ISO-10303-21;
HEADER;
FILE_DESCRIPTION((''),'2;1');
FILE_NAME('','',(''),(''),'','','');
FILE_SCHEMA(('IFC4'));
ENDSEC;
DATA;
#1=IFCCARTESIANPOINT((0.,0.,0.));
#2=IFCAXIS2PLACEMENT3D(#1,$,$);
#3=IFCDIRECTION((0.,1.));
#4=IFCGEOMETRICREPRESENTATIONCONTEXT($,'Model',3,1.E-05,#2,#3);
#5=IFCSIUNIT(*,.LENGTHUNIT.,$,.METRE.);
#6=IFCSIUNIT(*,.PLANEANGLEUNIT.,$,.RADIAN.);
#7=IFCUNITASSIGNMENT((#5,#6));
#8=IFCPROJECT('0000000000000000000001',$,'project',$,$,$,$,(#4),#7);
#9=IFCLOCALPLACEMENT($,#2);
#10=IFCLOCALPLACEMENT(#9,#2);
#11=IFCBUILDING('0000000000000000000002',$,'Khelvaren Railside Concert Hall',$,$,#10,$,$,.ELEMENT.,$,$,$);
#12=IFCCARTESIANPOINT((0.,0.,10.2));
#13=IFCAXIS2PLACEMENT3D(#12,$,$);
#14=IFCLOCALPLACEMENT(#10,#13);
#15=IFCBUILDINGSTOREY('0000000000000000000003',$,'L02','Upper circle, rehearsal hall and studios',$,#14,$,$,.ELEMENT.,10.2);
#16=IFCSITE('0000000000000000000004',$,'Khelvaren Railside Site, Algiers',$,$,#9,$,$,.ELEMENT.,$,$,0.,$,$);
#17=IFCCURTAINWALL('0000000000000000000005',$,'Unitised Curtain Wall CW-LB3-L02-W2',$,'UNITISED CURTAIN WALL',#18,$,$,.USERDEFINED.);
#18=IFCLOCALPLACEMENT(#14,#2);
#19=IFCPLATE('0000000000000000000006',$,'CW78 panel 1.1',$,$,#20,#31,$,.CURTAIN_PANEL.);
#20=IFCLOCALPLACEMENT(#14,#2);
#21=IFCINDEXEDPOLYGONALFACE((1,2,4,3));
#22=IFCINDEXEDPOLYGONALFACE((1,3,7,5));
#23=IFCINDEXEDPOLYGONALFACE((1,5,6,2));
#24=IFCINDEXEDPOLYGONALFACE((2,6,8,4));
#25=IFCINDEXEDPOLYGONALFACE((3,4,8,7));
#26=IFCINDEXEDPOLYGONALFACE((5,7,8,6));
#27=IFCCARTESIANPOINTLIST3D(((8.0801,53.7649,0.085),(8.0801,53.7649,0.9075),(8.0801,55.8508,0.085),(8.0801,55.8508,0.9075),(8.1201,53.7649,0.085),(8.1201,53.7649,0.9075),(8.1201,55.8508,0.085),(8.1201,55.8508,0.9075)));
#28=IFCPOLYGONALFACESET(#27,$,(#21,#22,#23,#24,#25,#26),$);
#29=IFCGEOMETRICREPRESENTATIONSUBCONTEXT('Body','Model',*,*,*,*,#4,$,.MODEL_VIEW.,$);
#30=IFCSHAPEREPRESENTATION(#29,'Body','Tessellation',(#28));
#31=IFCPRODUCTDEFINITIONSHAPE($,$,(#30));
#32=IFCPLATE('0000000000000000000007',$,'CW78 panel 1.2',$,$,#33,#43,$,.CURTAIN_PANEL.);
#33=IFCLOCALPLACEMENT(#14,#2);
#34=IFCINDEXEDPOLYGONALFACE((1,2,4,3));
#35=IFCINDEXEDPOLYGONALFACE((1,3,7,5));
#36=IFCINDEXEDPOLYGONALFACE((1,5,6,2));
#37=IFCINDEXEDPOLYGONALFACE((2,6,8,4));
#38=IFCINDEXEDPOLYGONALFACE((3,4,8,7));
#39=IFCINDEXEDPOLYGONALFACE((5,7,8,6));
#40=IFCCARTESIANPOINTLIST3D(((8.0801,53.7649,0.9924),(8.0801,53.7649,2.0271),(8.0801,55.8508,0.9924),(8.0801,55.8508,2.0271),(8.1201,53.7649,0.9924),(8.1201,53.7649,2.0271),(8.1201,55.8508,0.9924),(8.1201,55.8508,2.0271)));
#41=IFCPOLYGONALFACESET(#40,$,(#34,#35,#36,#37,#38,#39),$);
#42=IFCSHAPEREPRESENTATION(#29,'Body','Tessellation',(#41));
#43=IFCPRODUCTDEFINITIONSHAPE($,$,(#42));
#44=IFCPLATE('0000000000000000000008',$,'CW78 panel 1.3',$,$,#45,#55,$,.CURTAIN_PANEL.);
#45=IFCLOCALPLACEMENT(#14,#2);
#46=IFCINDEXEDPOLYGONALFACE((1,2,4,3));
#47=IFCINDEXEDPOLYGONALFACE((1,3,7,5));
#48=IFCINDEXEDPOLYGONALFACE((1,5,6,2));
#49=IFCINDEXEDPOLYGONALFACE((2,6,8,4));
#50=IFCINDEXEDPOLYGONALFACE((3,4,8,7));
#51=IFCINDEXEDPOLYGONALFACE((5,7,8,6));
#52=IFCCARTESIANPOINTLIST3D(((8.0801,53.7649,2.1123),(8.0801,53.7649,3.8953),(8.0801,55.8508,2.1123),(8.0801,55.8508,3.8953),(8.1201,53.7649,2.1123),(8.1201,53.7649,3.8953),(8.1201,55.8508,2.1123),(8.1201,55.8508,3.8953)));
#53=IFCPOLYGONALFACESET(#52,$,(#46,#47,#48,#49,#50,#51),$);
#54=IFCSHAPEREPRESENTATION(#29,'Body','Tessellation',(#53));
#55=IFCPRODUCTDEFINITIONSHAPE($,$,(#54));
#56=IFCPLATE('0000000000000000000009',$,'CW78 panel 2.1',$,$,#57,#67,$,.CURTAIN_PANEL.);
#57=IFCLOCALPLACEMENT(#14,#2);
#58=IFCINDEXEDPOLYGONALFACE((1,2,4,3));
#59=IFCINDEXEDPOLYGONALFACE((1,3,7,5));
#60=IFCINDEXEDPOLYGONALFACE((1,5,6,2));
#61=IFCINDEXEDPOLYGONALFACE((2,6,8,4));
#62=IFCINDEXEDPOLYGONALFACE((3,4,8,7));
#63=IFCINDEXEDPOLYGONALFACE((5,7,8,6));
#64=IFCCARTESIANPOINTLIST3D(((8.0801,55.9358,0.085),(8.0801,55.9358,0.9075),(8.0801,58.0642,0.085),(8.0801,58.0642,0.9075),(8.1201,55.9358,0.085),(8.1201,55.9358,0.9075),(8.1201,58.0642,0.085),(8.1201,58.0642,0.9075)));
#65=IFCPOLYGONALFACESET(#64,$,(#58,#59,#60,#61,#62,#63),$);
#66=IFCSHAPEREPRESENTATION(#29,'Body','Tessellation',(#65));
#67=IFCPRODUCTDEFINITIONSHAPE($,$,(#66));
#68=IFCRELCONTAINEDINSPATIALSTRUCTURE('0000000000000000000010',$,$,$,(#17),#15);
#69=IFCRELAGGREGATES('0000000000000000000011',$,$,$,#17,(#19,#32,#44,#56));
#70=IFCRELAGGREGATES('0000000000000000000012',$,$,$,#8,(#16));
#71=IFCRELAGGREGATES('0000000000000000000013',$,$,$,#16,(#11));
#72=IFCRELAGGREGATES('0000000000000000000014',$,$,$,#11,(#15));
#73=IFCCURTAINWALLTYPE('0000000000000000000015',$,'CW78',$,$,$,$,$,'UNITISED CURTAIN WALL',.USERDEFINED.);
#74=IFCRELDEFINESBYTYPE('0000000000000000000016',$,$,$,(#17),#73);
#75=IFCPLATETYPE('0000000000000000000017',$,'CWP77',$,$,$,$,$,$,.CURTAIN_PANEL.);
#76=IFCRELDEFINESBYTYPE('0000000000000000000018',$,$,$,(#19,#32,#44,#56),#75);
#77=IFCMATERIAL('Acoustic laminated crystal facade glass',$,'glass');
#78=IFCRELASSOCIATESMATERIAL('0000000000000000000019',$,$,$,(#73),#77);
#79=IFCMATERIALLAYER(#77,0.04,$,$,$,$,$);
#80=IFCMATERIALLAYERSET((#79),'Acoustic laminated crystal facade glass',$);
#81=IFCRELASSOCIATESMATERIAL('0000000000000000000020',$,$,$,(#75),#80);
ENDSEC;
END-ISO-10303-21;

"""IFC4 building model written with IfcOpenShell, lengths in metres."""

from ifc_helpers import new_model, si_unit, direction, frame, origin, origin_2d, place, context, subcontext, project, spatial, rectangle, extrude, material, layer, layer_set, type_object, element, aggregate, save


model = new_model("IFC4")

# Units and contexts
model_context = context("Model", 3, precision=1e-05, world=origin(), true_north=direction((0.0, 1.0)))
body_context = subcontext(model_context, "Body", "Model", "MODEL_VIEW")
ifc_project = project(units=[si_unit("LENGTHUNIT", "METRE"), si_unit("PLANEANGLEUNIT", "RADIAN")], contexts=[model_context])

# Site, building, storey
site_placement = place(None, origin())
site = spatial("IfcSite", under=ifc_project, at=site_placement, Name="Khelvaren Railside Site, Algiers", CompositionType="ELEMENT", RefElevation=0.0)
building_placement = place(site_placement, origin())
building = spatial("IfcBuilding", under=site, at=building_placement, Name="Khelvaren Railside Concert Hall", CompositionType="ELEMENT")
storey_placement = place(building_placement, frame((0.0, 0.0, 10.2)))
storey = spatial("IfcBuildingStorey", under=building, at=storey_placement, Name="L02", Description="Upper circle, rehearsal hall and studios", CompositionType="ELEMENT", Elevation=10.2)

# Curtain wall
ifc_material_1 = material(Name="Acoustic laminated crystal facade glass", Category="glass")
curtain_wall_type = type_object("IfcCurtainWallType", Name="CW78", ElementType="UNITISED CURTAIN WALL", PredefinedType="USERDEFINED", material=ifc_material_1)
curtain_wall_1_placement = place(storey_placement, origin())
curtain_wall_1 = element("IfcCurtainWall", 1, at=curtain_wall_1_placement, inside=storey, type_object=curtain_wall_type, Name="Unitised Curtain Wall CW-LB3-L02-W2", ObjectType="UNITISED CURTAIN WALL", PredefinedType="USERDEFINED")

# Plates
ifc_layer = layer(ifc_material_1, 0.04)
ifc_layer_set = layer_set([ifc_layer], Name="Acoustic laminated crystal facade glass")
plate_type = type_object("IfcPlateType", Name="CWP77", PredefinedType="CURTAIN_PANEL", material=ifc_layer_set)
plate_1_placement = place(storey_placement, frame((8.1001, 54.8079, 0.085), z_axis=(0.0, 0.0, 1.0), x_axis=(0.0, 1.0, 0.0)))
plate_1 = element("IfcPlate", 2, at=plate_1_placement, type_object=plate_type, Name="CW78 panel 1.1", PredefinedType="CURTAIN_PANEL", context=body_context, shape_type="SweptSolid", body=[
    extrude(rectangle(XDim=2.0859, YDim=0.04, at=origin_2d()), origin(), (0.0, 0.0, 1.0), 0.8225),
])
plate_2_placement = place(storey_placement, frame((8.1001, 54.8079, 0.9924), z_axis=(0.0, 0.0, 1.0), x_axis=(0.0, 1.0, 0.0)))
plate_2 = element("IfcPlate", 3, at=plate_2_placement, type_object=plate_type, Name="CW78 panel 1.2", PredefinedType="CURTAIN_PANEL", context=body_context, shape_type="SweptSolid", body=[
    extrude(rectangle(XDim=2.0859, YDim=0.04, at=origin_2d()), origin(), (0.0, 0.0, 1.0), 1.0347),
])
plate_3_placement = place(storey_placement, frame((8.1001, 54.8079, 2.1123), z_axis=(0.0, 0.0, 1.0), x_axis=(0.0, 1.0, 0.0)))
plate_3 = element("IfcPlate", 4, at=plate_3_placement, type_object=plate_type, Name="CW78 panel 1.3", PredefinedType="CURTAIN_PANEL", context=body_context, shape_type="SweptSolid", body=[
    extrude(rectangle(XDim=2.0859, YDim=0.04, at=origin_2d()), origin(), (0.0, 0.0, 1.0), 1.783),
])
plate_4_placement = place(storey_placement, frame((8.1001, 57.0, 0.085), z_axis=(0.0, 0.0, 1.0), x_axis=(0.0, 1.0, 0.0)))
plate_4 = element("IfcPlate", 5, at=plate_4_placement, type_object=plate_type, Name="CW78 panel 2.1", PredefinedType="CURTAIN_PANEL", context=body_context, shape_type="SweptSolid", body=[
    extrude(rectangle(XDim=2.1284, YDim=0.04, at=origin_2d()), origin(), (0.0, 0.0, 1.0), 0.8225),
])
aggregate(curtain_wall_1, [plate_1, plate_2, plate_3, plate_4])

save(model, "model.ifc")
